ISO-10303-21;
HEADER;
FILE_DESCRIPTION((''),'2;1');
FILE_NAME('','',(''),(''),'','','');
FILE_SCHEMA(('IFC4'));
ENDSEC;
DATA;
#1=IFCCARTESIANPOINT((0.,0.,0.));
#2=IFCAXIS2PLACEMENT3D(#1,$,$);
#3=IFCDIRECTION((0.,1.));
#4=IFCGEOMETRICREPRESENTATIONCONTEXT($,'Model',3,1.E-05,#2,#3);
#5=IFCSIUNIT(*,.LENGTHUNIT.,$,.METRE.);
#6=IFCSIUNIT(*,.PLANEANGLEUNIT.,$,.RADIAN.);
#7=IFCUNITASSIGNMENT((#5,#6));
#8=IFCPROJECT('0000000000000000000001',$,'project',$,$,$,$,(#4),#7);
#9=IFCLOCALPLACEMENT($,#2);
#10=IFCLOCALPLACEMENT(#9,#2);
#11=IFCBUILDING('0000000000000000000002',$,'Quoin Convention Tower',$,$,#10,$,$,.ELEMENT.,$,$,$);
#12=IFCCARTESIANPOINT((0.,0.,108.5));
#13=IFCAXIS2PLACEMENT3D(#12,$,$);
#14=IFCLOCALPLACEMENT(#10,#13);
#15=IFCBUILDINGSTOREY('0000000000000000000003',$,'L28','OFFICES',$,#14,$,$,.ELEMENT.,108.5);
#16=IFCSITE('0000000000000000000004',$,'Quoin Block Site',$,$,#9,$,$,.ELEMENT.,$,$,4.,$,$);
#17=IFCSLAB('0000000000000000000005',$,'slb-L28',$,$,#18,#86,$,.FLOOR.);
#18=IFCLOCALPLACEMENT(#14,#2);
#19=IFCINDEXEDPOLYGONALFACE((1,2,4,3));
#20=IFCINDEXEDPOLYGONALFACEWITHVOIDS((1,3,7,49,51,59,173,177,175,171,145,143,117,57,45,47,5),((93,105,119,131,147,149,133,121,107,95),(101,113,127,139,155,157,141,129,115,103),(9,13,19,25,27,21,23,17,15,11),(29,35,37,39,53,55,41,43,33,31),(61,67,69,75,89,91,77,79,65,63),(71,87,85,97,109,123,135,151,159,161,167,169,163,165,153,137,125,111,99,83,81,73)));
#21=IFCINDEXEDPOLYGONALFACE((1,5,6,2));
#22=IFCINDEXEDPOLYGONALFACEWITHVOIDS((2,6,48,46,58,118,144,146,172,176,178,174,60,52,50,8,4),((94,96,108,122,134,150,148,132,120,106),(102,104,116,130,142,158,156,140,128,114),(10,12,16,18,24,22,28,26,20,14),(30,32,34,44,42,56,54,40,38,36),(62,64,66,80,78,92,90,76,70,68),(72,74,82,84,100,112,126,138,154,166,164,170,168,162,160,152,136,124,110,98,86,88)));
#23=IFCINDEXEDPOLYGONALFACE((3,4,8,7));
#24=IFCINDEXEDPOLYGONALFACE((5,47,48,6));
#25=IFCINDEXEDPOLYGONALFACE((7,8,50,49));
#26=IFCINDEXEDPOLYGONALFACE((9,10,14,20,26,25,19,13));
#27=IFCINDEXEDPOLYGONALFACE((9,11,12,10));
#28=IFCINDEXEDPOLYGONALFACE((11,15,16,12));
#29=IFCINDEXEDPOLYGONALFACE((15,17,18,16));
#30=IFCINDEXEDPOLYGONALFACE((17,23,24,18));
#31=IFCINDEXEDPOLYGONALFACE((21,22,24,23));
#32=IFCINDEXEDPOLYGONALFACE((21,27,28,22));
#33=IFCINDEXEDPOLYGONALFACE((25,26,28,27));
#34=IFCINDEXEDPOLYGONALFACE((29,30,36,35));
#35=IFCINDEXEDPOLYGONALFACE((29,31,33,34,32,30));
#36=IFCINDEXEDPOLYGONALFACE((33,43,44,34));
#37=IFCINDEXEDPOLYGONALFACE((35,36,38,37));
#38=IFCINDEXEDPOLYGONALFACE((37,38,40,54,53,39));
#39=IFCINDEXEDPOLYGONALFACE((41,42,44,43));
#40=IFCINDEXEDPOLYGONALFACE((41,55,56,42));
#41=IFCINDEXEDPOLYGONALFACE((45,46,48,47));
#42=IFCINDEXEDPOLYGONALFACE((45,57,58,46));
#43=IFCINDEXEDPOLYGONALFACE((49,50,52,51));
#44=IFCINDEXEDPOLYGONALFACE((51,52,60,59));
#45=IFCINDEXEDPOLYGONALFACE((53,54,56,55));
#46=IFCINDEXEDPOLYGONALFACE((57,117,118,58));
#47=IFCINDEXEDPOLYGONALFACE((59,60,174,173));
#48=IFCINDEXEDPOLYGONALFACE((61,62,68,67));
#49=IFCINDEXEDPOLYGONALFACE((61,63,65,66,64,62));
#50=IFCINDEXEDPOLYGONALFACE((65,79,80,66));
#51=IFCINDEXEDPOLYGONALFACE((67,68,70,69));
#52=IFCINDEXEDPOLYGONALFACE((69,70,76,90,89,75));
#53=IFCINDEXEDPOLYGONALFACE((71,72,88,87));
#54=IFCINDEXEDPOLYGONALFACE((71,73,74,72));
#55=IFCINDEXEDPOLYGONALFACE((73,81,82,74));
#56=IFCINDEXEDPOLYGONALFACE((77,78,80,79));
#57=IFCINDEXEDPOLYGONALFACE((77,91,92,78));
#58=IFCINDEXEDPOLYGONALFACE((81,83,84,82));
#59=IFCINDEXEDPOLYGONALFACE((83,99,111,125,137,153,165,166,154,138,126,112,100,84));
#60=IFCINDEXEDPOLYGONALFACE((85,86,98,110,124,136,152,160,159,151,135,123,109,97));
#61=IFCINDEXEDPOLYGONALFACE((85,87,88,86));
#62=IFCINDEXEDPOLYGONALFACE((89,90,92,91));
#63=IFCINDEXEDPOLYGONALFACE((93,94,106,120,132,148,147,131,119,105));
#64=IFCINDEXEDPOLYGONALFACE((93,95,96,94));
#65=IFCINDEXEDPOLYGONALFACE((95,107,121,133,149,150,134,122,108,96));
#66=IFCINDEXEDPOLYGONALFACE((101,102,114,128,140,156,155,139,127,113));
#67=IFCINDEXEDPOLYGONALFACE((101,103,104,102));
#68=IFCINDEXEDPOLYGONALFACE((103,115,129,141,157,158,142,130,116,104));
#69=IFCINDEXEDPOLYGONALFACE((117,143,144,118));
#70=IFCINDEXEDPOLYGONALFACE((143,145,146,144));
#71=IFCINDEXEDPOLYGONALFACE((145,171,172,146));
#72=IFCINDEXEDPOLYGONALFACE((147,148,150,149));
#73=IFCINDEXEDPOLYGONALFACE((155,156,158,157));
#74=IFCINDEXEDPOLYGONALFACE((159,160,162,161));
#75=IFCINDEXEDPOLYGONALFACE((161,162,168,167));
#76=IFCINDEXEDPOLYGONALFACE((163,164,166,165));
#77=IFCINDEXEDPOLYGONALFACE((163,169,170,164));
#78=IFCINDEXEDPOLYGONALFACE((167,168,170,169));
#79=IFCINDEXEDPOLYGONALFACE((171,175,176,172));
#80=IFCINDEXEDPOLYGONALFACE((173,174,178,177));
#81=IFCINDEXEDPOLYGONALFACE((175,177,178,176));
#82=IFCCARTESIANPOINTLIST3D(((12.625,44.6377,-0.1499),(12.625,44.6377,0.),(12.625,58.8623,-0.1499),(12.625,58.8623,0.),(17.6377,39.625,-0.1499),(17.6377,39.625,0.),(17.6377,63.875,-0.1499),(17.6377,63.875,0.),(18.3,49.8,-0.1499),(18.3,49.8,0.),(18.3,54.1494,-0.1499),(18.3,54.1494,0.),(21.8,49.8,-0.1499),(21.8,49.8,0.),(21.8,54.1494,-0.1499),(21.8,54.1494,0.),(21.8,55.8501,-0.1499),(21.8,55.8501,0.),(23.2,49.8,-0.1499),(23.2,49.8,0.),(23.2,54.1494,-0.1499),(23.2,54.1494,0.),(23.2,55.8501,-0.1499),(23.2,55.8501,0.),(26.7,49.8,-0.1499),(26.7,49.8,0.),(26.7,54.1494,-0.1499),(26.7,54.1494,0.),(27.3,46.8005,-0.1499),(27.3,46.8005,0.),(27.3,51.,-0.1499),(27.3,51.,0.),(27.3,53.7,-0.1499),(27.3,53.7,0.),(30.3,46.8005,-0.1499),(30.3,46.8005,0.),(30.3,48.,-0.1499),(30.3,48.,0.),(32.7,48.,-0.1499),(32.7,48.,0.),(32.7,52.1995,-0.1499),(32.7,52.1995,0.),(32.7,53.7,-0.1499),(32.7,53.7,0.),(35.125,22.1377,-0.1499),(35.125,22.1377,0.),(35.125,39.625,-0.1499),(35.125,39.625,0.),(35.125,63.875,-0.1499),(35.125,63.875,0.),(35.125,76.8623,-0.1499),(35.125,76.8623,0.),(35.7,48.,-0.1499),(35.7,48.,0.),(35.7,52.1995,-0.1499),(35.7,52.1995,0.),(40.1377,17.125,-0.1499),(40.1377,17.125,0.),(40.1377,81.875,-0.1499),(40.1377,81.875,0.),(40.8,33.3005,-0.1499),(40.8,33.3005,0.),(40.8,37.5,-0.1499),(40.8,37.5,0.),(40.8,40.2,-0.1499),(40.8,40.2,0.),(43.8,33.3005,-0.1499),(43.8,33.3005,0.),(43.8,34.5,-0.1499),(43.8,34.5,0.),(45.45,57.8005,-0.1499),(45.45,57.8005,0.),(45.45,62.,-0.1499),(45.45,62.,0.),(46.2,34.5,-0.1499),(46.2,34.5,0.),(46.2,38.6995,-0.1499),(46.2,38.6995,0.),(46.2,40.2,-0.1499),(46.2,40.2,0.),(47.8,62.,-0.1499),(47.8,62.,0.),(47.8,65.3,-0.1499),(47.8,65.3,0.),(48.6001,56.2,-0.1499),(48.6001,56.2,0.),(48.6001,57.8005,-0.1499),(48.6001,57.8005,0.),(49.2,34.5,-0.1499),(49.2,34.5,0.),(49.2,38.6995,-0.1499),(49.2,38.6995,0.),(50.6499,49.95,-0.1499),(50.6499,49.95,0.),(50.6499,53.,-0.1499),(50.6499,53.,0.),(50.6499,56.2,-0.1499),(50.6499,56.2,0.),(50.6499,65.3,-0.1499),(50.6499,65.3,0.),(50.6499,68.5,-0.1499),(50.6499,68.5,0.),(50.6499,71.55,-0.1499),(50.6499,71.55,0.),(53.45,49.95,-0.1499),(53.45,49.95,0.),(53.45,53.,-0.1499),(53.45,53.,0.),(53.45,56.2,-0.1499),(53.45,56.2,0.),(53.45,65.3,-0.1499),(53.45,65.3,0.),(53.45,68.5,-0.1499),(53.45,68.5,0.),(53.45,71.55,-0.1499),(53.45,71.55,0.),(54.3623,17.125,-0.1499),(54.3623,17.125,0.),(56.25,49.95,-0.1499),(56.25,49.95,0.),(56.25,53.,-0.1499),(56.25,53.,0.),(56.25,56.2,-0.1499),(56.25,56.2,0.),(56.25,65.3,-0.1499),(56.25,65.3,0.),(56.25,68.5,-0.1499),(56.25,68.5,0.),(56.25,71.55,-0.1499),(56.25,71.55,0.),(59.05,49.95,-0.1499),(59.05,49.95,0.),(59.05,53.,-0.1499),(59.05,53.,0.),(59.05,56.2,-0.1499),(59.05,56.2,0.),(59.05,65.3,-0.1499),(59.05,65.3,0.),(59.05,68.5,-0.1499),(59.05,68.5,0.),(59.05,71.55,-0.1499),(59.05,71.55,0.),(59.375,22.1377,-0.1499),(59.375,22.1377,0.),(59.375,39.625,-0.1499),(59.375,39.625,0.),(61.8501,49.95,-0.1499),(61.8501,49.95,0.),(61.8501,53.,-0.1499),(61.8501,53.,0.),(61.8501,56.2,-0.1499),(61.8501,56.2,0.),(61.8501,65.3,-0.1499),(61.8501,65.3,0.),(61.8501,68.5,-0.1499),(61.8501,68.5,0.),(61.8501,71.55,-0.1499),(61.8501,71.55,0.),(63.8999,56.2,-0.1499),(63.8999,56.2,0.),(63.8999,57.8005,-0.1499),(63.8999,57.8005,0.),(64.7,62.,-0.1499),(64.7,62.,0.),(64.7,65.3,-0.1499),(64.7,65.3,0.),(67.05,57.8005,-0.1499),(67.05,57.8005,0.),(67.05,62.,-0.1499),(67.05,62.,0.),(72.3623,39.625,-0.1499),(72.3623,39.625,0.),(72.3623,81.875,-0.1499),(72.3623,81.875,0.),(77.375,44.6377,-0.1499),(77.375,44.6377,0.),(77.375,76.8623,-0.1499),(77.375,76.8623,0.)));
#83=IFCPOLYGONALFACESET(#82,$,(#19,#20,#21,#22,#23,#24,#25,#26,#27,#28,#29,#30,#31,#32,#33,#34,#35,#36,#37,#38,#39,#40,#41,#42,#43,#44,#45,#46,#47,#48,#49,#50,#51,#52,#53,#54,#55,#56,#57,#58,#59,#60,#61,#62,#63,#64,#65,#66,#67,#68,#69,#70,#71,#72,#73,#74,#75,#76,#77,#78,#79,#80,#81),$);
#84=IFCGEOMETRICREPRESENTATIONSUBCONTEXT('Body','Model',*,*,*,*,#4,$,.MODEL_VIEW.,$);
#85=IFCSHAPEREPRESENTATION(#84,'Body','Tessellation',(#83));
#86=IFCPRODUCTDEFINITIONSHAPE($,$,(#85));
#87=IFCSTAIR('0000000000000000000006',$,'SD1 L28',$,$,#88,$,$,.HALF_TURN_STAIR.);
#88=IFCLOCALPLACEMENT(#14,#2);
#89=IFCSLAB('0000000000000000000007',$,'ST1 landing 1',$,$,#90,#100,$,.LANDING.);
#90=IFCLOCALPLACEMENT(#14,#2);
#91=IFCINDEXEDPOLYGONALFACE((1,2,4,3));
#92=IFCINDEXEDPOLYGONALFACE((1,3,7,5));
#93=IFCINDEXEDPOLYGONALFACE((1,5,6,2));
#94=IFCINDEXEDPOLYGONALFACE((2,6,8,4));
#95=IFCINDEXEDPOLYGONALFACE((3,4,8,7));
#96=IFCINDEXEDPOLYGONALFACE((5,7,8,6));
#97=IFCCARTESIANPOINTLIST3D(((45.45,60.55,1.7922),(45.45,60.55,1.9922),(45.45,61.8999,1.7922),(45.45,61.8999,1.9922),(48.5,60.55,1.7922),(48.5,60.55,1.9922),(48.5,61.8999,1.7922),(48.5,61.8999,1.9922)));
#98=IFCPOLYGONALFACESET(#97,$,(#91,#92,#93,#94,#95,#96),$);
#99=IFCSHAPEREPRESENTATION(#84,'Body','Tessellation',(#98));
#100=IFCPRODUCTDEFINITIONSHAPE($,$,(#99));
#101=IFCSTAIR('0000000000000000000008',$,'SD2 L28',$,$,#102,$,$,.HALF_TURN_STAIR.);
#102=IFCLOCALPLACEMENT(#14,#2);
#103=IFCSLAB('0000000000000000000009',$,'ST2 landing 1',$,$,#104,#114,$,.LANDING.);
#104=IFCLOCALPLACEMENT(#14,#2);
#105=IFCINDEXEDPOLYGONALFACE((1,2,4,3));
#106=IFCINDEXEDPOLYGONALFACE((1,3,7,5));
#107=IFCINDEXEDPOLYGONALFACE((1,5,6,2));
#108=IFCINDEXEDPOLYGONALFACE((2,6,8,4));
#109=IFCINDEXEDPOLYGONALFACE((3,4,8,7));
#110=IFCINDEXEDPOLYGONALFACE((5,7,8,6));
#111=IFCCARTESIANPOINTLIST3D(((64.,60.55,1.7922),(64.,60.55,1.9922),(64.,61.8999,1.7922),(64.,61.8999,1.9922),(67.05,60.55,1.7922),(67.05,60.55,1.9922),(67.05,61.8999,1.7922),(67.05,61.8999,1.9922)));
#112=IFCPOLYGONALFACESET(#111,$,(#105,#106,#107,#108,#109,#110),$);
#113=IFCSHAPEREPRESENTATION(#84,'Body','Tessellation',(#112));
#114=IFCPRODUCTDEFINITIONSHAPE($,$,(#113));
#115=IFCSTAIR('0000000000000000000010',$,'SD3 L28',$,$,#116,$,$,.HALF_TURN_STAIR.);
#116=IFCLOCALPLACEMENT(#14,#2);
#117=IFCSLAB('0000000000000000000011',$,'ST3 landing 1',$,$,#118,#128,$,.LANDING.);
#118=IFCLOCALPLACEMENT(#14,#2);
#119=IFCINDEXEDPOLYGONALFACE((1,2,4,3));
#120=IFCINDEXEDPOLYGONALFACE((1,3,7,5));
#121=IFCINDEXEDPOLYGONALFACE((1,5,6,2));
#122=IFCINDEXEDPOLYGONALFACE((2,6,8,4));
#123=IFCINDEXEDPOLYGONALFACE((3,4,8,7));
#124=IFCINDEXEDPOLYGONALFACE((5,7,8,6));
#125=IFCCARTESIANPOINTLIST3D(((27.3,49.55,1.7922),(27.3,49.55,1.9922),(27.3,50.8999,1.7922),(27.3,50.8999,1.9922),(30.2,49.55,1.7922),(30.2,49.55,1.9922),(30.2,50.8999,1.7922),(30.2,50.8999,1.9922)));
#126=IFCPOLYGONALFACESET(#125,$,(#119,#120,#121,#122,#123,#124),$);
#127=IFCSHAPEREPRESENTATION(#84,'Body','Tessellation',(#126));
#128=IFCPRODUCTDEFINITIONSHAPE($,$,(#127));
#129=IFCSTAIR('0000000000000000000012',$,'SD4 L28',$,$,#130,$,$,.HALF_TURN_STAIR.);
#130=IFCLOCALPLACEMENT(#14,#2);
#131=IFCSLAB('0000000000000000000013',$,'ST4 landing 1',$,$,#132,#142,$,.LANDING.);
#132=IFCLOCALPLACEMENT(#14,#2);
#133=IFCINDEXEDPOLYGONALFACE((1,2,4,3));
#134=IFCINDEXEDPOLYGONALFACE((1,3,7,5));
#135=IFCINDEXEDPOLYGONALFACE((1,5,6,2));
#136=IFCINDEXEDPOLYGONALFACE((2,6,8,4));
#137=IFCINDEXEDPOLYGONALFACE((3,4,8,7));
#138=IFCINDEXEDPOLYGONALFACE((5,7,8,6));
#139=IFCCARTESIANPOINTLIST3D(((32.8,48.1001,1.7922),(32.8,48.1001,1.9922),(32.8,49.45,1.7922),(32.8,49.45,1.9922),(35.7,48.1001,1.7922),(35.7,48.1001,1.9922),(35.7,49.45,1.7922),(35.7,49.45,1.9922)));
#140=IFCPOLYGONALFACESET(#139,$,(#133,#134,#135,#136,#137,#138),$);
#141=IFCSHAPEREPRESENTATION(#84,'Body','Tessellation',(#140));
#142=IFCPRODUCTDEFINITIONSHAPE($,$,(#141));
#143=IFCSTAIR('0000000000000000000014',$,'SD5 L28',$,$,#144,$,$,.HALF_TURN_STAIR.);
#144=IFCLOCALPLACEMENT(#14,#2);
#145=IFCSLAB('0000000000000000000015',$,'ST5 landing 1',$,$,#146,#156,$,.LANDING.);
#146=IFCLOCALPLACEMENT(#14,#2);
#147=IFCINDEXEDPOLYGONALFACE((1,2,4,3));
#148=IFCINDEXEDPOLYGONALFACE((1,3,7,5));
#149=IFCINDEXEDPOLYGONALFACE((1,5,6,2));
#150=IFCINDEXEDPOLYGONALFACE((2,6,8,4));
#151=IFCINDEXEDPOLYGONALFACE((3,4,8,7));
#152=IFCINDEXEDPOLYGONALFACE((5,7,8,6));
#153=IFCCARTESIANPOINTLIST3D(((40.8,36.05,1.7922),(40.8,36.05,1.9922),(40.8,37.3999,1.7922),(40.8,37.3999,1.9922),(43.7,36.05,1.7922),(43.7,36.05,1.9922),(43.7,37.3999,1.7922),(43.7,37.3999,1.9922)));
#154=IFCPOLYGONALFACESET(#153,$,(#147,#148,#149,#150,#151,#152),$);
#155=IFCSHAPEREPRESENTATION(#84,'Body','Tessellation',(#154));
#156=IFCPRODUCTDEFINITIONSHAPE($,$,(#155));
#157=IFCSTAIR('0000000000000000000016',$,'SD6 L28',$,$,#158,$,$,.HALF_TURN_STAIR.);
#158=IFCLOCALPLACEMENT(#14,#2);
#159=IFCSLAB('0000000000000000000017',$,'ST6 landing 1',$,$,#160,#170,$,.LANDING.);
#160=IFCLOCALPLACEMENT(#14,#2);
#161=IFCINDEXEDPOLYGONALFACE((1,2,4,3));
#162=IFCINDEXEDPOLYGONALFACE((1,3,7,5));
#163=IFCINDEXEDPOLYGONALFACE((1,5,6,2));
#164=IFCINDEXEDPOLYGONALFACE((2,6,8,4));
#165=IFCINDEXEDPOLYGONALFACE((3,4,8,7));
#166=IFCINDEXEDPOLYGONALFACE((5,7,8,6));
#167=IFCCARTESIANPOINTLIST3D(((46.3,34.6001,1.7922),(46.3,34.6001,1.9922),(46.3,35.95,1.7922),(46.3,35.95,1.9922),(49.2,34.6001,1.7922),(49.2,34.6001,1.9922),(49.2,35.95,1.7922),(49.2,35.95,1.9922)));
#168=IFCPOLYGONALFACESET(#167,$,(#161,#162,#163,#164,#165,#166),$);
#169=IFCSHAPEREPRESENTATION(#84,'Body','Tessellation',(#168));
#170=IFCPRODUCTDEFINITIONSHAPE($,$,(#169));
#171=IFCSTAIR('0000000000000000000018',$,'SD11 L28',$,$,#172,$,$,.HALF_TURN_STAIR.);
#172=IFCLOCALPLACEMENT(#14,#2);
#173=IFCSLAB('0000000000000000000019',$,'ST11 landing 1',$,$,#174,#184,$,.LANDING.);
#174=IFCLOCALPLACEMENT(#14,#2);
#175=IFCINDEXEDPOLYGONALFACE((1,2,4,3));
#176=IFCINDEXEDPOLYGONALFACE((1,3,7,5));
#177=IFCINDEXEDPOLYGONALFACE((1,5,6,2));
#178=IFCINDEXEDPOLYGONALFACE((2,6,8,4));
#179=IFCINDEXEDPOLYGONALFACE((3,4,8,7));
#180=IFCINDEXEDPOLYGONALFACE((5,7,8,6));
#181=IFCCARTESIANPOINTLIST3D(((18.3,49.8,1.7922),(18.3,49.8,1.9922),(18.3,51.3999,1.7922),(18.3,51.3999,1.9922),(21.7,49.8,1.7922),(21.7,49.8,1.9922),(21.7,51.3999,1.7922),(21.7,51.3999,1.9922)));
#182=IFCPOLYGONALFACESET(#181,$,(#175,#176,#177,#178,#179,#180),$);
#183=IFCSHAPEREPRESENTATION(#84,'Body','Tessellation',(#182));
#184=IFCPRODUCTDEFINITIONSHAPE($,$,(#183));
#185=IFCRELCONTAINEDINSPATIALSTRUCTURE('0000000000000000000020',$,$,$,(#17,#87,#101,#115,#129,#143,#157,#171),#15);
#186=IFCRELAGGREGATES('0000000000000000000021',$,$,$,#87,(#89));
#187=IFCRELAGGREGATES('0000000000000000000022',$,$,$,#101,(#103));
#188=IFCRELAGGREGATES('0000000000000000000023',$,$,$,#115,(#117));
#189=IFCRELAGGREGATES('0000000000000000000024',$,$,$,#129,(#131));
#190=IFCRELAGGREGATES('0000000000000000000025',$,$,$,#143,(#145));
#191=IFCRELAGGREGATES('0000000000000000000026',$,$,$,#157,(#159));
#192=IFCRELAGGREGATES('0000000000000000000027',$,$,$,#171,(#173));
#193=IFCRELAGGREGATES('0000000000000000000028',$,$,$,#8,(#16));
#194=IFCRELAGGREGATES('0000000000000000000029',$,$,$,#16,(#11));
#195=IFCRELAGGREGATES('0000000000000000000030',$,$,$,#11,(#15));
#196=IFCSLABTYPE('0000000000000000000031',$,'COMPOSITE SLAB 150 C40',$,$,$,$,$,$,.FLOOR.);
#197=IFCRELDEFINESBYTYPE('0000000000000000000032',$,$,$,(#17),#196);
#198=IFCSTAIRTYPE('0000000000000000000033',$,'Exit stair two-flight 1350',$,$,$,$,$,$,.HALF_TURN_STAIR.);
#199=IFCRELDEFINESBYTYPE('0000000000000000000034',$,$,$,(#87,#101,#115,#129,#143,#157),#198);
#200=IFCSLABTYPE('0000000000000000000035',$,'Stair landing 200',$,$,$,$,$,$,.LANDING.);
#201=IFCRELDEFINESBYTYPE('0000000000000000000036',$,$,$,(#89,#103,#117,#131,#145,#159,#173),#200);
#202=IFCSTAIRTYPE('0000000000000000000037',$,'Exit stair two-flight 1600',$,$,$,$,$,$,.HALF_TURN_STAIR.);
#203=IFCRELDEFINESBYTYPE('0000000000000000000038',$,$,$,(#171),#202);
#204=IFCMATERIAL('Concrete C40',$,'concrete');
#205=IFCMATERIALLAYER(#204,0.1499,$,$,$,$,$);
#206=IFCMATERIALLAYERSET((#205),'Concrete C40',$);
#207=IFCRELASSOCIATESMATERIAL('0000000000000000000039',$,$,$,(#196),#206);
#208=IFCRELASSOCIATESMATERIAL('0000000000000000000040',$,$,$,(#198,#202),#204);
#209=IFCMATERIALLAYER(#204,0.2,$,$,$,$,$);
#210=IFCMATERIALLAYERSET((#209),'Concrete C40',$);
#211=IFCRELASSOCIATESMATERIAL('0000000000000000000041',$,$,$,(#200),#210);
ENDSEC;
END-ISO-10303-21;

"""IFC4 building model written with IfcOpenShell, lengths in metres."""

from ifc_helpers import new_model, si_unit, direction, frame, origin, place, context, subcontext, project, spatial, polyline, outline, extrude, material, layer, layer_set, type_object, element, aggregate, save


model = new_model("IFC4")

# Units and contexts
model_context = context("Model", 3, precision=1e-05, world=origin(), true_north=direction((0.0, 1.0)))
body_context = subcontext(model_context, "Body", "Model", "MODEL_VIEW")
ifc_project = project(units=[si_unit("LENGTHUNIT", "METRE"), si_unit("PLANEANGLEUNIT", "RADIAN")], contexts=[model_context])

# Site, building, storey
site_placement = place(None, origin())
site = spatial("IfcSite", under=ifc_project, at=site_placement, Name="Quoin Block Site", CompositionType="ELEMENT", RefElevation=4.0)
building_placement = place(site_placement, origin())
building = spatial("IfcBuilding", under=site, at=building_placement, Name="Quoin Convention Tower", CompositionType="ELEMENT")
storey_placement = place(building_placement, frame((0.0, 0.0, 108.5)))
storey = spatial("IfcBuildingStorey", under=building, at=storey_placement, Name="L28", Description="OFFICES", CompositionType="ELEMENT", Elevation=108.5)

# Slab
ifc_material_1 = material(Name="Concrete C40", Category="concrete")
ifc_layer_1 = layer(ifc_material_1, 0.1499)
ifc_layer_set_1 = layer_set([ifc_layer_1], Name="Concrete C40")
slab_type_1 = type_object("IfcSlabType", Name="COMPOSITE SLAB 150 C40", PredefinedType="FLOOR", material=ifc_layer_set_1)
slab_1_placement = place(storey_placement, frame((0.0, 0.0, -0.1499)))
element("IfcSlab", 1, at=slab_1_placement, inside=storey, type_object=slab_type_1, Name="slb-L28", PredefinedType="FLOOR", context=body_context, shape_type="SweptSolid", body=[
    extrude(outline(polyline([(59.375, 22.1377), (54.3623, 17.125), (40.1377, 17.125), (35.125, 22.1377), (35.125, 39.625), (17.6377, 39.625), (12.625, 44.6377), (12.625, 58.8623), (17.6377, 63.875), (35.125, 63.875), (35.125, 76.8623), (40.1377, 81.875), (72.3623, 81.875), (77.375, 76.8623), (77.375, 44.6377), (72.3623, 39.625), (59.375, 39.625), (59.375, 22.1377)]), holes=[polyline([(40.8, 40.2), (40.8, 37.5), (40.8, 33.3005), (43.8, 33.3005), (43.8, 34.5), (46.2, 34.5), (49.2, 34.5), (49.2, 38.6995), (46.2, 38.6995), (46.2, 40.2), (40.8, 40.2)]), polyline([(35.7, 52.1995), (32.7, 52.1995), (32.7, 53.7), (27.3, 53.7), (27.3, 51.0), (27.3, 46.8005), (30.3, 46.8005), (30.3, 48.0), (32.7, 48.0), (35.7, 48.0), (35.7, 52.1995)]), polyline([(53.45, 49.95), (56.25, 49.95), (59.05, 49.95), (61.8501, 49.95), (61.8501, 53.0), (59.05, 53.0), (56.25, 53.0), (53.45, 53.0), (50.6499, 53.0), (50.6499, 49.95), (53.45, 49.95)]), polyline([(21.8, 55.8501), (21.8, 54.1494), (18.3, 54.1494), (18.3, 49.8), (21.8, 49.8), (23.2, 49.8), (26.7, 49.8), (26.7, 54.1494), (23.2, 54.1494), (23.2, 55.8501), (21.8, 55.8501)]), polyline([(48.6001, 57.8005), (48.6001, 56.2), (50.6499, 56.2), (53.45, 56.2), (56.25, 56.2), (59.05, 56.2), (61.8501, 56.2), (63.8999, 56.2), (63.8999, 57.8005), (67.05, 57.8005), (67.05, 62.0), (64.7, 62.0), (64.7, 65.3), (61.8501, 65.3), (59.05, 65.3), (56.25, 65.3), (53.45, 65.3), (50.6499, 65.3), (47.8, 65.3), (47.8, 62.0), (45.45, 62.0), (45.45, 57.8005), (48.6001, 57.8005)]), polyline([(50.6499, 68.5), (53.45, 68.5), (56.25, 68.5), (59.05, 68.5), (61.8501, 68.5), (61.8501, 71.55), (59.05, 71.55), (56.25, 71.55), (53.45, 71.55), (50.6499, 71.55), (50.6499, 68.5)])]), origin(), (0.0, 0.0, 1.0), 0.1499),
])

# Stairs, slabs
stair_type_1 = type_object("IfcStairType", Name="Exit stair two-flight 1350", PredefinedType="HALF_TURN_STAIR", material=ifc_material_1)
stair_1_placement = place(storey_placement, origin())
stair_1 = element("IfcStair", 2, at=stair_1_placement, inside=storey, type_object=stair_type_1, Name="SD1 L28", PredefinedType="HALF_TURN_STAIR")
ifc_layer_2 = layer(ifc_material_1, 0.2)
ifc_layer_set_2 = layer_set([ifc_layer_2], Name="Concrete C40")
slab_type_2 = type_object("IfcSlabType", Name="Stair landing 200", PredefinedType="LANDING", material=ifc_layer_set_2)
slab_2_placement = place(storey_placement, frame((0.0, 0.0, 1.7922)))
slab_2 = element("IfcSlab", 3, at=slab_2_placement, type_object=slab_type_2, Name="ST1 landing 1", PredefinedType="LANDING", context=body_context, shape_type="SweptSolid", body=[
    extrude(outline(polyline([(45.45, 60.55), (48.5, 60.55), (48.5, 61.8999), (45.45, 61.8999), (45.45, 60.55)])), origin(), (0.0, 0.0, 1.0), 0.2),
])
aggregate(stair_1, [slab_2])
stair_2_placement = place(storey_placement, origin())
stair_2 = element("IfcStair", 4, at=stair_2_placement, inside=storey, type_object=stair_type_1, Name="SD2 L28", PredefinedType="HALF_TURN_STAIR")
slab_3_placement = place(storey_placement, frame((0.0, 0.0, 1.7922)))
slab_3 = element("IfcSlab", 5, at=slab_3_placement, type_object=slab_type_2, Name="ST2 landing 1", PredefinedType="LANDING", context=body_context, shape_type="SweptSolid", body=[
    extrude(outline(polyline([(64.0, 60.55), (67.05, 60.55), (67.05, 61.8999), (64.0, 61.8999), (64.0, 60.55)])), origin(), (0.0, 0.0, 1.0), 0.2),
])
aggregate(stair_2, [slab_3])
stair_3_placement = place(storey_placement, origin())
stair_3 = element("IfcStair", 6, at=stair_3_placement, inside=storey, type_object=stair_type_1, Name="SD3 L28", PredefinedType="HALF_TURN_STAIR")
slab_4_placement = place(storey_placement, frame((0.0, 0.0, 1.7922)))
slab_4 = element("IfcSlab", 7, at=slab_4_placement, type_object=slab_type_2, Name="ST3 landing 1", PredefinedType="LANDING", context=body_context, shape_type="SweptSolid", body=[
    extrude(outline(polyline([(27.3, 49.55), (30.2, 49.55), (30.2, 50.8999), (27.3, 50.8999), (27.3, 49.55)])), origin(), (0.0, 0.0, 1.0), 0.2),
])
aggregate(stair_3, [slab_4])
stair_4_placement = place(storey_placement, origin())
stair_4 = element("IfcStair", 8, at=stair_4_placement, inside=storey, type_object=stair_type_1, Name="SD4 L28", PredefinedType="HALF_TURN_STAIR")
slab_5_placement = place(storey_placement, frame((0.0, 0.0, 1.7922)))
slab_5 = element("IfcSlab", 9, at=slab_5_placement, type_object=slab_type_2, Name="ST4 landing 1", PredefinedType="LANDING", context=body_context, shape_type="SweptSolid", body=[
    extrude(outline(polyline([(35.7, 49.45), (32.8, 49.45), (32.8, 48.1001), (35.7, 48.1001), (35.7, 49.45)])), origin(), (0.0, 0.0, 1.0), 0.2),
])
aggregate(stair_4, [slab_5])
stair_5_placement = place(storey_placement, origin())
stair_5 = element("IfcStair", 10, at=stair_5_placement, inside=storey, type_object=stair_type_1, Name="SD5 L28", PredefinedType="HALF_TURN_STAIR")
slab_6_placement = place(storey_placement, frame((0.0, 0.0, 1.7922)))
slab_6 = element("IfcSlab", 11, at=slab_6_placement, type_object=slab_type_2, Name="ST5 landing 1", PredefinedType="LANDING", context=body_context, shape_type="SweptSolid", body=[
    extrude(outline(polyline([(40.8, 36.05), (43.7, 36.05), (43.7, 37.3999), (40.8, 37.3999), (40.8, 36.05)])), origin(), (0.0, 0.0, 1.0), 0.2),
])
aggregate(stair_5, [slab_6])
stair_6_placement = place(storey_placement, origin())
stair_6 = element("IfcStair", 12, at=stair_6_placement, inside=storey, type_object=stair_type_1, Name="SD6 L28", PredefinedType="HALF_TURN_STAIR")
slab_7_placement = place(storey_placement, frame((0.0, 0.0, 1.7922)))
slab_7 = element("IfcSlab", 13, at=slab_7_placement, type_object=slab_type_2, Name="ST6 landing 1", PredefinedType="LANDING", context=body_context, shape_type="SweptSolid", body=[
    extrude(outline(polyline([(49.2, 35.95), (46.3, 35.95), (46.3, 34.6001), (49.2, 34.6001), (49.2, 35.95)])), origin(), (0.0, 0.0, 1.0), 0.2),
])
aggregate(stair_6, [slab_7])
stair_type_2 = type_object("IfcStairType", Name="Exit stair two-flight 1600", PredefinedType="HALF_TURN_STAIR", material=ifc_material_1)
stair_7_placement = place(storey_placement, origin())
stair_7 = element("IfcStair", 14, at=stair_7_placement, inside=storey, type_object=stair_type_2, Name="SD11 L28", PredefinedType="HALF_TURN_STAIR")
slab_8_placement = place(storey_placement, frame((0.0, 0.0, 1.7922)))
slab_8 = element("IfcSlab", 15, at=slab_8_placement, type_object=slab_type_2, Name="ST11 landing 1", PredefinedType="LANDING", context=body_context, shape_type="SweptSolid", body=[
    extrude(outline(polyline([(21.7, 51.3999), (18.3, 51.3999), (18.3, 49.8), (21.7, 49.8), (21.7, 51.3999)])), origin(), (0.0, 0.0, 1.0), 0.2),
])
aggregate(stair_7, [slab_8])

save(model, "model.ifc")
